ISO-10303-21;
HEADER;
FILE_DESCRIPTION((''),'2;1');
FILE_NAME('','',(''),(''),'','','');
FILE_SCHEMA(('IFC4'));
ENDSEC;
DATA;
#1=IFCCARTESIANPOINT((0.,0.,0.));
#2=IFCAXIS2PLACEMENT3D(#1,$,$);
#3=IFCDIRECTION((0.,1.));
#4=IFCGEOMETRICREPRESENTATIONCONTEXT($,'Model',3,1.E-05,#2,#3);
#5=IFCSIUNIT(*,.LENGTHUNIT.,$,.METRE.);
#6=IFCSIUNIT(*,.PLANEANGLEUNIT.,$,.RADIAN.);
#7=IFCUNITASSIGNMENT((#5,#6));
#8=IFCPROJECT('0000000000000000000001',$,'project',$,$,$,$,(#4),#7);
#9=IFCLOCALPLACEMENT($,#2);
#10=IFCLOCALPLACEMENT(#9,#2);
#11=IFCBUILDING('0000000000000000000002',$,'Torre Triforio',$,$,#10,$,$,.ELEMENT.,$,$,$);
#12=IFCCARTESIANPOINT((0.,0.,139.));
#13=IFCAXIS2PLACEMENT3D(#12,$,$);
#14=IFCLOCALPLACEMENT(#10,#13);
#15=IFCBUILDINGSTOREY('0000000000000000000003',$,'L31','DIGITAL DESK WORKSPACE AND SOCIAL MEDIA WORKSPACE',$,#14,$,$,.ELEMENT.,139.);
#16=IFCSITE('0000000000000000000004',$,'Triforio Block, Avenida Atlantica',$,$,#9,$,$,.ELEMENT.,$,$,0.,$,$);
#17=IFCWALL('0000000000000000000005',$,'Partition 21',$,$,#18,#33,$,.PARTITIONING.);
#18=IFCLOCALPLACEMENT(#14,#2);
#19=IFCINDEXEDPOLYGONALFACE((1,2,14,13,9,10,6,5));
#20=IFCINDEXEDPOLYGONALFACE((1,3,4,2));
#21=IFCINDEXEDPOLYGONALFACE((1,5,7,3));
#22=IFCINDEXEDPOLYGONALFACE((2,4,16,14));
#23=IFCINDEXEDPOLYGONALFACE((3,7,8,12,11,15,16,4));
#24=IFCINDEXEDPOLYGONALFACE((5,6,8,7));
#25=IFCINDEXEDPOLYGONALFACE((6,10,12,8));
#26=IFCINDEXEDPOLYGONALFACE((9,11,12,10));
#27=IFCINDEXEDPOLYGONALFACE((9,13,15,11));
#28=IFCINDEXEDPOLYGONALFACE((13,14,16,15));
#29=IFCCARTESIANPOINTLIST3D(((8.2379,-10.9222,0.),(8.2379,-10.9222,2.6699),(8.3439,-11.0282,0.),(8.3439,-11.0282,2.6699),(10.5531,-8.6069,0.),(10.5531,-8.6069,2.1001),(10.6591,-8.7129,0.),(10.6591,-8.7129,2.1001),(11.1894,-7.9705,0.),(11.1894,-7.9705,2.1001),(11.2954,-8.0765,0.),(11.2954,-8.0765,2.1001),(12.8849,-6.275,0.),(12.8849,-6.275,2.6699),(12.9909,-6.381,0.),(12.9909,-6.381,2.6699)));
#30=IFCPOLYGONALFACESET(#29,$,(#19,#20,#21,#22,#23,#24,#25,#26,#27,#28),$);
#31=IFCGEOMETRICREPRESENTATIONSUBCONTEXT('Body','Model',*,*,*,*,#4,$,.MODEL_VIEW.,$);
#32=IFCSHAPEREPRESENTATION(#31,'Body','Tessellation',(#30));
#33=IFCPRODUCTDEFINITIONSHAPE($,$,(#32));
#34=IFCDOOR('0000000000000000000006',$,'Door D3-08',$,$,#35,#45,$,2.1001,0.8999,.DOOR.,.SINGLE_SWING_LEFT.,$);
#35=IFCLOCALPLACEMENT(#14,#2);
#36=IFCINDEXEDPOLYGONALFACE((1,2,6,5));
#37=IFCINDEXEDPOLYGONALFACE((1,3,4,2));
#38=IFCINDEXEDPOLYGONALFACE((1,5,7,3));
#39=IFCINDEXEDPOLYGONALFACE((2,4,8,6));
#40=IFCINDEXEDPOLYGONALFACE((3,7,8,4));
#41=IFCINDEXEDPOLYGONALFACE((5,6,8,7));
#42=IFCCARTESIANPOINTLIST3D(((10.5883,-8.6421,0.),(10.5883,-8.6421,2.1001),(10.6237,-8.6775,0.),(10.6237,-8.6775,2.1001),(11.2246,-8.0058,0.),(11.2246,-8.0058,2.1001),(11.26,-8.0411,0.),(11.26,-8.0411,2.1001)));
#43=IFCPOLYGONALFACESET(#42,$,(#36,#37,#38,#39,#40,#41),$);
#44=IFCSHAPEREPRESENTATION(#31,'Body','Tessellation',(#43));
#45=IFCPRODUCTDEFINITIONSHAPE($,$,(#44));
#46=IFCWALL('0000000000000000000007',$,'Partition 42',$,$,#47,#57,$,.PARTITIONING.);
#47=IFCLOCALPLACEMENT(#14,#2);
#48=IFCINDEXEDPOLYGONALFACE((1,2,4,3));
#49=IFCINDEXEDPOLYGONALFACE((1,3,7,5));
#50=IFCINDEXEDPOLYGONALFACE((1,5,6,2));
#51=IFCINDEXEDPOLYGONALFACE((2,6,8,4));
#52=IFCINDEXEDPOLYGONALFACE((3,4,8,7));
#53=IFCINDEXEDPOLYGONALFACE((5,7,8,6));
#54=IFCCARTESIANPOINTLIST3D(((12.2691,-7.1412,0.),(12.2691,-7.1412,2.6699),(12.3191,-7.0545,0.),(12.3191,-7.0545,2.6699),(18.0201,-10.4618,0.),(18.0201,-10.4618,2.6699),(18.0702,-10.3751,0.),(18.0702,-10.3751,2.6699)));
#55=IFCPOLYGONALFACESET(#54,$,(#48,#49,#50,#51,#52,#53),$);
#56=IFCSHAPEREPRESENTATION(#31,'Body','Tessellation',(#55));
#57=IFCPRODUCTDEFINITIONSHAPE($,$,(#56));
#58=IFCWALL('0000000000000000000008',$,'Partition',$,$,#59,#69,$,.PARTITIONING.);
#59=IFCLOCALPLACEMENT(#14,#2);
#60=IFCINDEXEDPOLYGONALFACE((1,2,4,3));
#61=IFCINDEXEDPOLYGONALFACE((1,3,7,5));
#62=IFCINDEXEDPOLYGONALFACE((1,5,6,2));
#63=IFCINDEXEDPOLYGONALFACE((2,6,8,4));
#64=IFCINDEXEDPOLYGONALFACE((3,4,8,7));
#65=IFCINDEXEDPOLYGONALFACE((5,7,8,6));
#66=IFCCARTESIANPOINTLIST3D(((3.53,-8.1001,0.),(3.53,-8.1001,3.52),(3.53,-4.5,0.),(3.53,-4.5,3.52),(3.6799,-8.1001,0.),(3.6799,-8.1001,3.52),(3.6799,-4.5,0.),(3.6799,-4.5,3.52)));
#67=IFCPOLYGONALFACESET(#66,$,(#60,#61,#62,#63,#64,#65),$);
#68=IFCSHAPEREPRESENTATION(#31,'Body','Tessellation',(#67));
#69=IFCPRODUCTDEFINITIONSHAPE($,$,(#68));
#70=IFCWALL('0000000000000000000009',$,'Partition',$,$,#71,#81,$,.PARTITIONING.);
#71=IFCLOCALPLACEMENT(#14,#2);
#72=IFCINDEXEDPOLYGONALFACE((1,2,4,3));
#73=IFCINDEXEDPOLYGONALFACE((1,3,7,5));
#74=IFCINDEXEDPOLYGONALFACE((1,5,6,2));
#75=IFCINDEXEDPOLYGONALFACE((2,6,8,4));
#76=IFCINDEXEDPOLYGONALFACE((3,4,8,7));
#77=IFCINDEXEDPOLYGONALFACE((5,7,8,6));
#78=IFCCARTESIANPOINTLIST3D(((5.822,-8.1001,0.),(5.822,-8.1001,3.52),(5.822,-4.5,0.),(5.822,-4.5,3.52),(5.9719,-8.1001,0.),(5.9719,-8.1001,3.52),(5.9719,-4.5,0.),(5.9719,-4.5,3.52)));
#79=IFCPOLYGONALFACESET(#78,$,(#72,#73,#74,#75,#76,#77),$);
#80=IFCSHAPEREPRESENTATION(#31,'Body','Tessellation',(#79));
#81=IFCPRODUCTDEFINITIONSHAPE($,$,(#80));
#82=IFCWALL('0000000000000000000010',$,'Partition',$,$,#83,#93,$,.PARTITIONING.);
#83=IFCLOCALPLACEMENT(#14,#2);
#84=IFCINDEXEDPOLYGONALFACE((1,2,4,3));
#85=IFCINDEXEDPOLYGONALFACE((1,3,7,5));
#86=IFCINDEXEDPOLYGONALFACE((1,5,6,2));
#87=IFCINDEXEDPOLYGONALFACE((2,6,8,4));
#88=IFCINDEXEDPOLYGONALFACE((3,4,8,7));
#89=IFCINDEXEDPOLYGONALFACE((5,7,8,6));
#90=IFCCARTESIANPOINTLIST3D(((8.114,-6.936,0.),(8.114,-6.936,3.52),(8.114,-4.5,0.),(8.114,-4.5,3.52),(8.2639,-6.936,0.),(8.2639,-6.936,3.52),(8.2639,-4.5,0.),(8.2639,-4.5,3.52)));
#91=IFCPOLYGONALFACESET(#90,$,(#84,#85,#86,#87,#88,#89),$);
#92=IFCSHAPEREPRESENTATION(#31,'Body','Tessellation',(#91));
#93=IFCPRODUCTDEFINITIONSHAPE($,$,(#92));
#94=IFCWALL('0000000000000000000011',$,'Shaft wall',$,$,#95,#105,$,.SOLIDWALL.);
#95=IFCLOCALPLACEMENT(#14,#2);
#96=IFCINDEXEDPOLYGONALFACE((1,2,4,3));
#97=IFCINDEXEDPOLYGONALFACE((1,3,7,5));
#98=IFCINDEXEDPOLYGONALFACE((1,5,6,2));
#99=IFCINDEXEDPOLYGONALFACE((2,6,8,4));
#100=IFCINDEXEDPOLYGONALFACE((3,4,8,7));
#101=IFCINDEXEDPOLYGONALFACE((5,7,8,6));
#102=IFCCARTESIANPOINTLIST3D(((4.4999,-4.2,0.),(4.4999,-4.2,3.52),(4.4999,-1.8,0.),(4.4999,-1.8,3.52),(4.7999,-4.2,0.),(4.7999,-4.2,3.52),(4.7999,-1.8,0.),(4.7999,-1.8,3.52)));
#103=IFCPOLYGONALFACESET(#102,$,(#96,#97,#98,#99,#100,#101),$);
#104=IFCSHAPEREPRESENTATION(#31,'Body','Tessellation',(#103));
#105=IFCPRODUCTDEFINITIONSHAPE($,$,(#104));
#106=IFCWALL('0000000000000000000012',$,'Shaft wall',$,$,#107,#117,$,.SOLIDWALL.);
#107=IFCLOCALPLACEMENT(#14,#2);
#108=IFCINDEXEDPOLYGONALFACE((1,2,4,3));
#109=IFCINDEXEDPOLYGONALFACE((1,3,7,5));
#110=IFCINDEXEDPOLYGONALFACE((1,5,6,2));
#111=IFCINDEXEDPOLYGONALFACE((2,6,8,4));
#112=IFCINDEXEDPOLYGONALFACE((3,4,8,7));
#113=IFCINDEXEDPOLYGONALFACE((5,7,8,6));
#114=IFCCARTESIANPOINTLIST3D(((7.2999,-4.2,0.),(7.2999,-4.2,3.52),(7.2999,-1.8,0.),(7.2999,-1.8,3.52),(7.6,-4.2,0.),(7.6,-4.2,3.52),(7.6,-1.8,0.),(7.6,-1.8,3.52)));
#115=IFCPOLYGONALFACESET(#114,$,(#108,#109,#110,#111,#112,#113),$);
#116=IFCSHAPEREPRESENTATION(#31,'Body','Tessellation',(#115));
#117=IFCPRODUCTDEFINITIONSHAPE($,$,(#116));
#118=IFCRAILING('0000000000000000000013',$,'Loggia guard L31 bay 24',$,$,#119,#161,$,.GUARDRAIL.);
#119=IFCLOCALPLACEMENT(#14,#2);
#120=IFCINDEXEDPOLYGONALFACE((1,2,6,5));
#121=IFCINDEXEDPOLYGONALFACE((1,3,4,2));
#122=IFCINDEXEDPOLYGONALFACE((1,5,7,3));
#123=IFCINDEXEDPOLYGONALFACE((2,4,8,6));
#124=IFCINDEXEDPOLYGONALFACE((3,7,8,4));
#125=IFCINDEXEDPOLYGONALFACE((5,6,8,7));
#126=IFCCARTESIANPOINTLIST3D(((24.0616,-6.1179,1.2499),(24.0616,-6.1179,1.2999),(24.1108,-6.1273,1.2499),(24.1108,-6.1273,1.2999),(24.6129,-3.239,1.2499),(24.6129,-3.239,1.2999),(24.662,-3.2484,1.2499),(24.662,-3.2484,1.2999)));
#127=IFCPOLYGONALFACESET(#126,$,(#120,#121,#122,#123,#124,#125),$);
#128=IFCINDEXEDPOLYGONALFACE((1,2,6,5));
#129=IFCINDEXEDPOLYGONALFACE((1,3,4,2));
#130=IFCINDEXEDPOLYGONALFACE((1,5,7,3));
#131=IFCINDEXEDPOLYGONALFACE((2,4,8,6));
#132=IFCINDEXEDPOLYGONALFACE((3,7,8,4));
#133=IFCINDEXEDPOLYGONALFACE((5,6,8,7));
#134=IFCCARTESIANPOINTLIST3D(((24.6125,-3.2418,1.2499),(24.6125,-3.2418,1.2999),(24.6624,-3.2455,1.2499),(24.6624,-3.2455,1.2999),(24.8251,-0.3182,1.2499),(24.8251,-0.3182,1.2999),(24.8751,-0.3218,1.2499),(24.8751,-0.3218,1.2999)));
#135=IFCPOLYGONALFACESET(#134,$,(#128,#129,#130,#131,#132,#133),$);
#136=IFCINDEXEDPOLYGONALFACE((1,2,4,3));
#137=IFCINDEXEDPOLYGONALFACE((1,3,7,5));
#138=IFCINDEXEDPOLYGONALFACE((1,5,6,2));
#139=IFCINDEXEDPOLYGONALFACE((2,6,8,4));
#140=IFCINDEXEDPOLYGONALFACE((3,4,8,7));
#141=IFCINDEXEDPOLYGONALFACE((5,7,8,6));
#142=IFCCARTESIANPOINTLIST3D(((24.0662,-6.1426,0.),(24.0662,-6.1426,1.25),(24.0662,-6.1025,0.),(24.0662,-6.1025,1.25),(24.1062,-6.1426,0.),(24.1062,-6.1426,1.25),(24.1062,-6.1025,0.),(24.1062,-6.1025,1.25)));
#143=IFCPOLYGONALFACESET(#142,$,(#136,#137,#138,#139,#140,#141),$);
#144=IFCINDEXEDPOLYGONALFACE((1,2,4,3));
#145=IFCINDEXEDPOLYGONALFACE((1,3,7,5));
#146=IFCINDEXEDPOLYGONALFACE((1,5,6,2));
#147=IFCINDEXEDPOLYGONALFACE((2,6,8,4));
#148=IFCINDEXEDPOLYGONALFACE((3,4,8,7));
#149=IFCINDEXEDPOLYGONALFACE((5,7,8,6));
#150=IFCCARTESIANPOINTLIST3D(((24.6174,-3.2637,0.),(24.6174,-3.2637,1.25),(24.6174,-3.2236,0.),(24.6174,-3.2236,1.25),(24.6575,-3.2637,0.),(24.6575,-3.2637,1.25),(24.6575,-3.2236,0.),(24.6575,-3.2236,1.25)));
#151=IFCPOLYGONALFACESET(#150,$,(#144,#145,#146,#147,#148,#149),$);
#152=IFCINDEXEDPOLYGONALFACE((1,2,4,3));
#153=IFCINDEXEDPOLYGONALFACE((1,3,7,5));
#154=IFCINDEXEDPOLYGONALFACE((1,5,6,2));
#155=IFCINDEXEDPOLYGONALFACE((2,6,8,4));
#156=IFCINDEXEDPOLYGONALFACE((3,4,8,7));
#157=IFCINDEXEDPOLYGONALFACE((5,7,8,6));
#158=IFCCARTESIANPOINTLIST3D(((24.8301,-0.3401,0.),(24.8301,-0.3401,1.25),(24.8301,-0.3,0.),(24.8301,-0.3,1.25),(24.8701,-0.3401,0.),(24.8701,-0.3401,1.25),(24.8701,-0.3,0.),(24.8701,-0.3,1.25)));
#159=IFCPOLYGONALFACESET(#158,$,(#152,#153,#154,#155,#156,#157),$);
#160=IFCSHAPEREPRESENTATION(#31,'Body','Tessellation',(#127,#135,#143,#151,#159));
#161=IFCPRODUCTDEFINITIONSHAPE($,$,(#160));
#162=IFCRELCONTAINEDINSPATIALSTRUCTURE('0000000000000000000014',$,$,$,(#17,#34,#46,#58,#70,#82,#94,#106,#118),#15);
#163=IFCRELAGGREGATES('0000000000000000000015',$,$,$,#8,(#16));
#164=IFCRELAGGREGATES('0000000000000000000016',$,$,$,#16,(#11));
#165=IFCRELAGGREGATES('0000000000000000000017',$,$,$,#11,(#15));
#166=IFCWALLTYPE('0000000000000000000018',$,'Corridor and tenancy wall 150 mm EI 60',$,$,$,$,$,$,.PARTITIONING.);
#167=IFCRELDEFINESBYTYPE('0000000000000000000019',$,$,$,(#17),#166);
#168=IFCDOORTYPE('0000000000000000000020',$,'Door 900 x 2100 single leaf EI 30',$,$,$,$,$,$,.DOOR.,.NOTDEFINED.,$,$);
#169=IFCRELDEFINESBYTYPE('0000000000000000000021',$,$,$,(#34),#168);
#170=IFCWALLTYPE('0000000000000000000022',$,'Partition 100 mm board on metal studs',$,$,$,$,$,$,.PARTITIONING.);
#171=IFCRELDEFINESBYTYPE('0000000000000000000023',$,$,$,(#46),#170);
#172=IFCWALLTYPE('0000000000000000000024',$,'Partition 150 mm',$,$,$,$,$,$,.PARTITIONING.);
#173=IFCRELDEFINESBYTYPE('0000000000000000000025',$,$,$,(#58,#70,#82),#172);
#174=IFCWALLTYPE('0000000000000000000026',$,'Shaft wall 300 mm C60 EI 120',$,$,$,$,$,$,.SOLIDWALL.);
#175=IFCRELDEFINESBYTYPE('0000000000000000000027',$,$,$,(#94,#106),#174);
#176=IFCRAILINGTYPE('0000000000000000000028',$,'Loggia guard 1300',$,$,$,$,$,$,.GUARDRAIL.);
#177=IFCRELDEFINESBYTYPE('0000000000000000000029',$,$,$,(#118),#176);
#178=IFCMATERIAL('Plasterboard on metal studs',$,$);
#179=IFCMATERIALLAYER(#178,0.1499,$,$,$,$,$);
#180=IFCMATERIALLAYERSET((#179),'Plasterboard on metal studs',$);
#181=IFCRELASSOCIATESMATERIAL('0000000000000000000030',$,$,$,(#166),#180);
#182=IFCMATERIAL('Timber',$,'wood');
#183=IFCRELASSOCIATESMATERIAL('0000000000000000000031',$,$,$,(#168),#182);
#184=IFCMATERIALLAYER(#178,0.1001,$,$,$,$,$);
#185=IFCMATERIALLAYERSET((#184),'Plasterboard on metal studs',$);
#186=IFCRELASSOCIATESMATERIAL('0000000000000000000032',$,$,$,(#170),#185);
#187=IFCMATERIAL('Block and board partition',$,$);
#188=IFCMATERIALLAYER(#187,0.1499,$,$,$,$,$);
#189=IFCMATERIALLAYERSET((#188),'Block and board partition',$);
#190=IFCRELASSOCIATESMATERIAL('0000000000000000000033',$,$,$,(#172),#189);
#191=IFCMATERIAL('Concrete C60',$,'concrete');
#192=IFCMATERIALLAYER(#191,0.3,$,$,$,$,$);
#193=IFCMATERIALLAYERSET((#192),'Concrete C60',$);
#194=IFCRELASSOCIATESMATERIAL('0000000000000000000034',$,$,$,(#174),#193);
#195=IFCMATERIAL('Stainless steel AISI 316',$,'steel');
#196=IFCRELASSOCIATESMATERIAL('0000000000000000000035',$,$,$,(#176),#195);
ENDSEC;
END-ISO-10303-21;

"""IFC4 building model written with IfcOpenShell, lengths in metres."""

from ifc_helpers import new_model, si_unit, direction, frame, frame_2d, origin, origin_2d, place, context, subcontext, project, spatial, rectangle, extrude, material, layer, layer_set, type_object, element, fill, save


model = new_model("IFC4")

# Units and contexts
model_context = context("Model", 3, precision=1e-05, world=origin(), true_north=direction((0.0, 1.0)))
body_context = subcontext(model_context, "Body", "Model", "MODEL_VIEW")
ifc_project = project(units=[si_unit("LENGTHUNIT", "METRE"), si_unit("PLANEANGLEUNIT", "RADIAN")], contexts=[model_context])

# Site, building, storey
site_placement = place(None, origin())
site = spatial("IfcSite", under=ifc_project, at=site_placement, Name="Triforio Block, Avenida Atlantica", CompositionType="ELEMENT", RefElevation=0.0)
building_placement = place(site_placement, origin())
building = spatial("IfcBuilding", under=site, at=building_placement, Name="Torre Triforio", CompositionType="ELEMENT")
storey_placement = place(building_placement, frame((0.0, 0.0, 139.0)))
storey = spatial("IfcBuildingStorey", under=building, at=storey_placement, Name="L31", Description="DIGITAL DESK WORKSPACE AND SOCIAL MEDIA WORKSPACE", CompositionType="ELEMENT", Elevation=139.0)

# Shared definitions
ifc_material_1 = material(Name="Concrete C60", Category="concrete")

# Wall, opening, door
ifc_material_2 = material(Name="Plasterboard on metal studs")
ifc_layer_1 = layer(ifc_material_2, 0.1499)
ifc_layer_set_1 = layer_set([ifc_layer_1], Name="Plasterboard on metal studs")
wall_type_1 = type_object("IfcWallType", Name="Corridor and tenancy wall 150 mm EI 60", PredefinedType="PARTITIONING", material=ifc_layer_set_1)
wall_1_placement = place(storey_placement, frame((12.938, -6.3279, 0.0), z_axis=(0.0, 0.0, 1.0), x_axis=(-0.707088, -0.707125, 0.0)))
wall_1 = element("IfcWall", 1, at=wall_1_placement, inside=storey, type_object=wall_type_1, Name="Partition 21", PredefinedType="PARTITIONING", context=body_context, shape_type="SweptSolid", body=[
    extrude(rectangle(XDim=6.572, YDim=0.1499, at=frame_2d((3.2861, 0.0))), origin(), (0.0, 0.0, 1.0), 2.6699),
])
opening_1_placement = place(wall_1_placement, frame((2.3979, 0.0, 0.0)))
opening_1 = element("IfcOpeningElement", 2, at=opening_1_placement, cuts=wall_1, PredefinedType="OPENING", context=body_context, shape_type="SweptSolid", body=[
    extrude(rectangle(XDim=0.8999, YDim=2.1001, at=frame_2d((0.45, 1.05))), frame((0.0, 0.085, 0.0), z_axis=(0.0, -1.0, 0.0), x_axis=(1.0, 0.0, 0.0)), (0.0, 0.0, 1.0), 0.1699),
])
ifc_material_3 = material(Name="Timber", Category="wood")
door_type_1 = type_object("IfcDoorType", Name="Door 900 x 2100 single leaf EI 30", OperationType="NOTDEFINED", PredefinedType="DOOR", material=ifc_material_3)
door_1_placement = place(opening_1_placement, origin())
door_1 = element("IfcDoor", 3, at=door_1_placement, inside=storey, type_object=door_type_1, Name="Door D3-08", OperationType="SINGLE_SWING_LEFT", OverallHeight=2.1001, OverallWidth=0.8999, PredefinedType="DOOR", context=body_context, shape_type="SweptSolid", body=[
    extrude(rectangle(XDim=0.8999, YDim=2.1001, at=frame_2d((0.45, 1.05))), frame((0.0, 0.0249, 0.0), z_axis=(0.0, -1.0, 0.0), x_axis=(1.0, 0.0, 0.0)), (0.0, 0.0, 1.0), 0.05),
])
fill(opening_1, door_1)

# Walls
ifc_layer_2 = layer(ifc_material_2, 0.1001)
ifc_layer_set_2 = layer_set([ifc_layer_2], Name="Plasterboard on metal studs")
wall_type_2 = type_object("IfcWallType", Name="Partition 100 mm board on metal studs", PredefinedType="PARTITIONING", material=ifc_layer_set_2)
wall_2_placement = place(storey_placement, frame((12.2942, -7.0979, 0.0), z_axis=(0.0, 0.0, 1.0), x_axis=(0.86601, -0.500026, 0.0)))
element("IfcWall", 4, at=wall_2_placement, inside=storey, type_object=wall_type_2, Name="Partition 42", PredefinedType="PARTITIONING", context=body_context, shape_type="SweptSolid", body=[
    extrude(rectangle(XDim=6.6409, YDim=0.1001, at=frame_2d((3.3203, 0.0))), origin(), (0.0, 0.0, 1.0), 2.6699),
])
ifc_material_4 = material(Name="Block and board partition")
ifc_layer_3 = layer(ifc_material_4, 0.1499)
ifc_layer_set_3 = layer_set([ifc_layer_3], Name="Block and board partition")
wall_type_3 = type_object("IfcWallType", Name="Partition 150 mm", PredefinedType="PARTITIONING", material=ifc_layer_set_3)
for number, where, z_axis, x_axis, name in (
    (5, (3.605, -8.1001, 0.0), (0.0, 0.0, 1.0), (0.0, 1.0, 0.0), "Partition"),
    (6, (5.897, -8.1001, 0.0), (0.0, 0.0, 1.0), (0.0, 1.0, 0.0), "Partition"),
):
    element("IfcWall", number, at=place(storey_placement, frame(where, z_axis=z_axis, x_axis=x_axis)), inside=storey, type_object=wall_type_3, Name=name, PredefinedType="PARTITIONING", context=body_context, shape_type="SweptSolid", body=[
        extrude(rectangle(XDim=3.6001, YDim=0.1499, at=frame_2d((1.8, 0.0))), origin(), (0.0, 0.0, 1.0), 3.52),
    ])
wall_3_placement = place(storey_placement, frame((8.189, -6.936, 0.0), z_axis=(0.0, 0.0, 1.0), x_axis=(0.0, 1.0, 0.0)))
element("IfcWall", 7, at=wall_3_placement, inside=storey, type_object=wall_type_3, Name="Partition", PredefinedType="PARTITIONING", context=body_context, shape_type="SweptSolid", body=[
    extrude(rectangle(XDim=2.436, YDim=0.1499, at=frame_2d((1.218, 0.0))), origin(), (0.0, 0.0, 1.0), 3.52),
])
ifc_layer_4 = layer(ifc_material_1, 0.3)
ifc_layer_set_4 = layer_set([ifc_layer_4], Name="Concrete C60")
wall_type_4 = type_object("IfcWallType", Name="Shaft wall 300 mm C60 EI 120", PredefinedType="SOLIDWALL", material=ifc_layer_set_4)
for number, where, z_axis, x_axis, name in (
    (8, (4.6499, -4.2, 0.0), (0.0, 0.0, 1.0), (0.0, 1.0, 0.0), "Shaft wall"),
    (9, (7.45, -4.2, 0.0), (0.0, 0.0, 1.0), (0.0, 1.0, 0.0), "Shaft wall"),
):
    element("IfcWall", number, at=place(storey_placement, frame(where, z_axis=z_axis, x_axis=x_axis)), inside=storey, type_object=wall_type_4, Name=name, PredefinedType="SOLIDWALL", context=body_context, shape_type="SweptSolid", body=[
        extrude(rectangle(XDim=2.3999, YDim=0.3, at=frame_2d((1.2, 0.0))), origin(), (0.0, 0.0, 1.0), 3.52),
    ])

# Railing
ifc_material_5 = material(Name="Stainless steel AISI 316", Category="steel")
railing_type = type_object("IfcRailingType", Name="Loggia guard 1300", PredefinedType="GUARDRAIL", material=ifc_material_5)
railing_placement = place(storey_placement, frame((24.0862, -6.1226, 0.0)))
element("IfcRailing", 10, at=railing_placement, inside=storey, type_object=railing_type, Name="Loggia guard L31 bay 24", PredefinedType="GUARDRAIL", context=body_context, shape_type="SweptSolid", body=[
    extrude(rectangle(XDim=0.05, YDim=0.05, at=origin_2d()), frame((0.0, 0.0, 1.2749), z_axis=(0.188069, 0.982156, 0.0), x_axis=(-0.982156, 0.188069, 0.0)), (0.0, 0.0, 1.0), 2.9312),
    extrude(rectangle(XDim=0.05, YDim=0.05, at=origin_2d()), frame((0.5513, 2.8789, 1.2749), z_axis=(0.072543, 0.997365, 0.0), x_axis=(-0.997365, 0.072543, 0.0)), (0.0, 0.0, 1.0), 2.9314),
    extrude(rectangle(XDim=0.04, YDim=0.04, at=origin_2d()), origin(), (0.0, 0.0, 1.0), 1.25),
    extrude(rectangle(XDim=0.04, YDim=0.04, at=origin_2d()), frame((0.5513, 2.8789, 0.0)), (0.0, 0.0, 1.0), 1.25),
    extrude(rectangle(XDim=0.04, YDim=0.04, at=origin_2d()), frame((0.7639, 5.8025, 0.0)), (0.0, 0.0, 1.0), 1.25),
])

save(model, "model.ifc")
